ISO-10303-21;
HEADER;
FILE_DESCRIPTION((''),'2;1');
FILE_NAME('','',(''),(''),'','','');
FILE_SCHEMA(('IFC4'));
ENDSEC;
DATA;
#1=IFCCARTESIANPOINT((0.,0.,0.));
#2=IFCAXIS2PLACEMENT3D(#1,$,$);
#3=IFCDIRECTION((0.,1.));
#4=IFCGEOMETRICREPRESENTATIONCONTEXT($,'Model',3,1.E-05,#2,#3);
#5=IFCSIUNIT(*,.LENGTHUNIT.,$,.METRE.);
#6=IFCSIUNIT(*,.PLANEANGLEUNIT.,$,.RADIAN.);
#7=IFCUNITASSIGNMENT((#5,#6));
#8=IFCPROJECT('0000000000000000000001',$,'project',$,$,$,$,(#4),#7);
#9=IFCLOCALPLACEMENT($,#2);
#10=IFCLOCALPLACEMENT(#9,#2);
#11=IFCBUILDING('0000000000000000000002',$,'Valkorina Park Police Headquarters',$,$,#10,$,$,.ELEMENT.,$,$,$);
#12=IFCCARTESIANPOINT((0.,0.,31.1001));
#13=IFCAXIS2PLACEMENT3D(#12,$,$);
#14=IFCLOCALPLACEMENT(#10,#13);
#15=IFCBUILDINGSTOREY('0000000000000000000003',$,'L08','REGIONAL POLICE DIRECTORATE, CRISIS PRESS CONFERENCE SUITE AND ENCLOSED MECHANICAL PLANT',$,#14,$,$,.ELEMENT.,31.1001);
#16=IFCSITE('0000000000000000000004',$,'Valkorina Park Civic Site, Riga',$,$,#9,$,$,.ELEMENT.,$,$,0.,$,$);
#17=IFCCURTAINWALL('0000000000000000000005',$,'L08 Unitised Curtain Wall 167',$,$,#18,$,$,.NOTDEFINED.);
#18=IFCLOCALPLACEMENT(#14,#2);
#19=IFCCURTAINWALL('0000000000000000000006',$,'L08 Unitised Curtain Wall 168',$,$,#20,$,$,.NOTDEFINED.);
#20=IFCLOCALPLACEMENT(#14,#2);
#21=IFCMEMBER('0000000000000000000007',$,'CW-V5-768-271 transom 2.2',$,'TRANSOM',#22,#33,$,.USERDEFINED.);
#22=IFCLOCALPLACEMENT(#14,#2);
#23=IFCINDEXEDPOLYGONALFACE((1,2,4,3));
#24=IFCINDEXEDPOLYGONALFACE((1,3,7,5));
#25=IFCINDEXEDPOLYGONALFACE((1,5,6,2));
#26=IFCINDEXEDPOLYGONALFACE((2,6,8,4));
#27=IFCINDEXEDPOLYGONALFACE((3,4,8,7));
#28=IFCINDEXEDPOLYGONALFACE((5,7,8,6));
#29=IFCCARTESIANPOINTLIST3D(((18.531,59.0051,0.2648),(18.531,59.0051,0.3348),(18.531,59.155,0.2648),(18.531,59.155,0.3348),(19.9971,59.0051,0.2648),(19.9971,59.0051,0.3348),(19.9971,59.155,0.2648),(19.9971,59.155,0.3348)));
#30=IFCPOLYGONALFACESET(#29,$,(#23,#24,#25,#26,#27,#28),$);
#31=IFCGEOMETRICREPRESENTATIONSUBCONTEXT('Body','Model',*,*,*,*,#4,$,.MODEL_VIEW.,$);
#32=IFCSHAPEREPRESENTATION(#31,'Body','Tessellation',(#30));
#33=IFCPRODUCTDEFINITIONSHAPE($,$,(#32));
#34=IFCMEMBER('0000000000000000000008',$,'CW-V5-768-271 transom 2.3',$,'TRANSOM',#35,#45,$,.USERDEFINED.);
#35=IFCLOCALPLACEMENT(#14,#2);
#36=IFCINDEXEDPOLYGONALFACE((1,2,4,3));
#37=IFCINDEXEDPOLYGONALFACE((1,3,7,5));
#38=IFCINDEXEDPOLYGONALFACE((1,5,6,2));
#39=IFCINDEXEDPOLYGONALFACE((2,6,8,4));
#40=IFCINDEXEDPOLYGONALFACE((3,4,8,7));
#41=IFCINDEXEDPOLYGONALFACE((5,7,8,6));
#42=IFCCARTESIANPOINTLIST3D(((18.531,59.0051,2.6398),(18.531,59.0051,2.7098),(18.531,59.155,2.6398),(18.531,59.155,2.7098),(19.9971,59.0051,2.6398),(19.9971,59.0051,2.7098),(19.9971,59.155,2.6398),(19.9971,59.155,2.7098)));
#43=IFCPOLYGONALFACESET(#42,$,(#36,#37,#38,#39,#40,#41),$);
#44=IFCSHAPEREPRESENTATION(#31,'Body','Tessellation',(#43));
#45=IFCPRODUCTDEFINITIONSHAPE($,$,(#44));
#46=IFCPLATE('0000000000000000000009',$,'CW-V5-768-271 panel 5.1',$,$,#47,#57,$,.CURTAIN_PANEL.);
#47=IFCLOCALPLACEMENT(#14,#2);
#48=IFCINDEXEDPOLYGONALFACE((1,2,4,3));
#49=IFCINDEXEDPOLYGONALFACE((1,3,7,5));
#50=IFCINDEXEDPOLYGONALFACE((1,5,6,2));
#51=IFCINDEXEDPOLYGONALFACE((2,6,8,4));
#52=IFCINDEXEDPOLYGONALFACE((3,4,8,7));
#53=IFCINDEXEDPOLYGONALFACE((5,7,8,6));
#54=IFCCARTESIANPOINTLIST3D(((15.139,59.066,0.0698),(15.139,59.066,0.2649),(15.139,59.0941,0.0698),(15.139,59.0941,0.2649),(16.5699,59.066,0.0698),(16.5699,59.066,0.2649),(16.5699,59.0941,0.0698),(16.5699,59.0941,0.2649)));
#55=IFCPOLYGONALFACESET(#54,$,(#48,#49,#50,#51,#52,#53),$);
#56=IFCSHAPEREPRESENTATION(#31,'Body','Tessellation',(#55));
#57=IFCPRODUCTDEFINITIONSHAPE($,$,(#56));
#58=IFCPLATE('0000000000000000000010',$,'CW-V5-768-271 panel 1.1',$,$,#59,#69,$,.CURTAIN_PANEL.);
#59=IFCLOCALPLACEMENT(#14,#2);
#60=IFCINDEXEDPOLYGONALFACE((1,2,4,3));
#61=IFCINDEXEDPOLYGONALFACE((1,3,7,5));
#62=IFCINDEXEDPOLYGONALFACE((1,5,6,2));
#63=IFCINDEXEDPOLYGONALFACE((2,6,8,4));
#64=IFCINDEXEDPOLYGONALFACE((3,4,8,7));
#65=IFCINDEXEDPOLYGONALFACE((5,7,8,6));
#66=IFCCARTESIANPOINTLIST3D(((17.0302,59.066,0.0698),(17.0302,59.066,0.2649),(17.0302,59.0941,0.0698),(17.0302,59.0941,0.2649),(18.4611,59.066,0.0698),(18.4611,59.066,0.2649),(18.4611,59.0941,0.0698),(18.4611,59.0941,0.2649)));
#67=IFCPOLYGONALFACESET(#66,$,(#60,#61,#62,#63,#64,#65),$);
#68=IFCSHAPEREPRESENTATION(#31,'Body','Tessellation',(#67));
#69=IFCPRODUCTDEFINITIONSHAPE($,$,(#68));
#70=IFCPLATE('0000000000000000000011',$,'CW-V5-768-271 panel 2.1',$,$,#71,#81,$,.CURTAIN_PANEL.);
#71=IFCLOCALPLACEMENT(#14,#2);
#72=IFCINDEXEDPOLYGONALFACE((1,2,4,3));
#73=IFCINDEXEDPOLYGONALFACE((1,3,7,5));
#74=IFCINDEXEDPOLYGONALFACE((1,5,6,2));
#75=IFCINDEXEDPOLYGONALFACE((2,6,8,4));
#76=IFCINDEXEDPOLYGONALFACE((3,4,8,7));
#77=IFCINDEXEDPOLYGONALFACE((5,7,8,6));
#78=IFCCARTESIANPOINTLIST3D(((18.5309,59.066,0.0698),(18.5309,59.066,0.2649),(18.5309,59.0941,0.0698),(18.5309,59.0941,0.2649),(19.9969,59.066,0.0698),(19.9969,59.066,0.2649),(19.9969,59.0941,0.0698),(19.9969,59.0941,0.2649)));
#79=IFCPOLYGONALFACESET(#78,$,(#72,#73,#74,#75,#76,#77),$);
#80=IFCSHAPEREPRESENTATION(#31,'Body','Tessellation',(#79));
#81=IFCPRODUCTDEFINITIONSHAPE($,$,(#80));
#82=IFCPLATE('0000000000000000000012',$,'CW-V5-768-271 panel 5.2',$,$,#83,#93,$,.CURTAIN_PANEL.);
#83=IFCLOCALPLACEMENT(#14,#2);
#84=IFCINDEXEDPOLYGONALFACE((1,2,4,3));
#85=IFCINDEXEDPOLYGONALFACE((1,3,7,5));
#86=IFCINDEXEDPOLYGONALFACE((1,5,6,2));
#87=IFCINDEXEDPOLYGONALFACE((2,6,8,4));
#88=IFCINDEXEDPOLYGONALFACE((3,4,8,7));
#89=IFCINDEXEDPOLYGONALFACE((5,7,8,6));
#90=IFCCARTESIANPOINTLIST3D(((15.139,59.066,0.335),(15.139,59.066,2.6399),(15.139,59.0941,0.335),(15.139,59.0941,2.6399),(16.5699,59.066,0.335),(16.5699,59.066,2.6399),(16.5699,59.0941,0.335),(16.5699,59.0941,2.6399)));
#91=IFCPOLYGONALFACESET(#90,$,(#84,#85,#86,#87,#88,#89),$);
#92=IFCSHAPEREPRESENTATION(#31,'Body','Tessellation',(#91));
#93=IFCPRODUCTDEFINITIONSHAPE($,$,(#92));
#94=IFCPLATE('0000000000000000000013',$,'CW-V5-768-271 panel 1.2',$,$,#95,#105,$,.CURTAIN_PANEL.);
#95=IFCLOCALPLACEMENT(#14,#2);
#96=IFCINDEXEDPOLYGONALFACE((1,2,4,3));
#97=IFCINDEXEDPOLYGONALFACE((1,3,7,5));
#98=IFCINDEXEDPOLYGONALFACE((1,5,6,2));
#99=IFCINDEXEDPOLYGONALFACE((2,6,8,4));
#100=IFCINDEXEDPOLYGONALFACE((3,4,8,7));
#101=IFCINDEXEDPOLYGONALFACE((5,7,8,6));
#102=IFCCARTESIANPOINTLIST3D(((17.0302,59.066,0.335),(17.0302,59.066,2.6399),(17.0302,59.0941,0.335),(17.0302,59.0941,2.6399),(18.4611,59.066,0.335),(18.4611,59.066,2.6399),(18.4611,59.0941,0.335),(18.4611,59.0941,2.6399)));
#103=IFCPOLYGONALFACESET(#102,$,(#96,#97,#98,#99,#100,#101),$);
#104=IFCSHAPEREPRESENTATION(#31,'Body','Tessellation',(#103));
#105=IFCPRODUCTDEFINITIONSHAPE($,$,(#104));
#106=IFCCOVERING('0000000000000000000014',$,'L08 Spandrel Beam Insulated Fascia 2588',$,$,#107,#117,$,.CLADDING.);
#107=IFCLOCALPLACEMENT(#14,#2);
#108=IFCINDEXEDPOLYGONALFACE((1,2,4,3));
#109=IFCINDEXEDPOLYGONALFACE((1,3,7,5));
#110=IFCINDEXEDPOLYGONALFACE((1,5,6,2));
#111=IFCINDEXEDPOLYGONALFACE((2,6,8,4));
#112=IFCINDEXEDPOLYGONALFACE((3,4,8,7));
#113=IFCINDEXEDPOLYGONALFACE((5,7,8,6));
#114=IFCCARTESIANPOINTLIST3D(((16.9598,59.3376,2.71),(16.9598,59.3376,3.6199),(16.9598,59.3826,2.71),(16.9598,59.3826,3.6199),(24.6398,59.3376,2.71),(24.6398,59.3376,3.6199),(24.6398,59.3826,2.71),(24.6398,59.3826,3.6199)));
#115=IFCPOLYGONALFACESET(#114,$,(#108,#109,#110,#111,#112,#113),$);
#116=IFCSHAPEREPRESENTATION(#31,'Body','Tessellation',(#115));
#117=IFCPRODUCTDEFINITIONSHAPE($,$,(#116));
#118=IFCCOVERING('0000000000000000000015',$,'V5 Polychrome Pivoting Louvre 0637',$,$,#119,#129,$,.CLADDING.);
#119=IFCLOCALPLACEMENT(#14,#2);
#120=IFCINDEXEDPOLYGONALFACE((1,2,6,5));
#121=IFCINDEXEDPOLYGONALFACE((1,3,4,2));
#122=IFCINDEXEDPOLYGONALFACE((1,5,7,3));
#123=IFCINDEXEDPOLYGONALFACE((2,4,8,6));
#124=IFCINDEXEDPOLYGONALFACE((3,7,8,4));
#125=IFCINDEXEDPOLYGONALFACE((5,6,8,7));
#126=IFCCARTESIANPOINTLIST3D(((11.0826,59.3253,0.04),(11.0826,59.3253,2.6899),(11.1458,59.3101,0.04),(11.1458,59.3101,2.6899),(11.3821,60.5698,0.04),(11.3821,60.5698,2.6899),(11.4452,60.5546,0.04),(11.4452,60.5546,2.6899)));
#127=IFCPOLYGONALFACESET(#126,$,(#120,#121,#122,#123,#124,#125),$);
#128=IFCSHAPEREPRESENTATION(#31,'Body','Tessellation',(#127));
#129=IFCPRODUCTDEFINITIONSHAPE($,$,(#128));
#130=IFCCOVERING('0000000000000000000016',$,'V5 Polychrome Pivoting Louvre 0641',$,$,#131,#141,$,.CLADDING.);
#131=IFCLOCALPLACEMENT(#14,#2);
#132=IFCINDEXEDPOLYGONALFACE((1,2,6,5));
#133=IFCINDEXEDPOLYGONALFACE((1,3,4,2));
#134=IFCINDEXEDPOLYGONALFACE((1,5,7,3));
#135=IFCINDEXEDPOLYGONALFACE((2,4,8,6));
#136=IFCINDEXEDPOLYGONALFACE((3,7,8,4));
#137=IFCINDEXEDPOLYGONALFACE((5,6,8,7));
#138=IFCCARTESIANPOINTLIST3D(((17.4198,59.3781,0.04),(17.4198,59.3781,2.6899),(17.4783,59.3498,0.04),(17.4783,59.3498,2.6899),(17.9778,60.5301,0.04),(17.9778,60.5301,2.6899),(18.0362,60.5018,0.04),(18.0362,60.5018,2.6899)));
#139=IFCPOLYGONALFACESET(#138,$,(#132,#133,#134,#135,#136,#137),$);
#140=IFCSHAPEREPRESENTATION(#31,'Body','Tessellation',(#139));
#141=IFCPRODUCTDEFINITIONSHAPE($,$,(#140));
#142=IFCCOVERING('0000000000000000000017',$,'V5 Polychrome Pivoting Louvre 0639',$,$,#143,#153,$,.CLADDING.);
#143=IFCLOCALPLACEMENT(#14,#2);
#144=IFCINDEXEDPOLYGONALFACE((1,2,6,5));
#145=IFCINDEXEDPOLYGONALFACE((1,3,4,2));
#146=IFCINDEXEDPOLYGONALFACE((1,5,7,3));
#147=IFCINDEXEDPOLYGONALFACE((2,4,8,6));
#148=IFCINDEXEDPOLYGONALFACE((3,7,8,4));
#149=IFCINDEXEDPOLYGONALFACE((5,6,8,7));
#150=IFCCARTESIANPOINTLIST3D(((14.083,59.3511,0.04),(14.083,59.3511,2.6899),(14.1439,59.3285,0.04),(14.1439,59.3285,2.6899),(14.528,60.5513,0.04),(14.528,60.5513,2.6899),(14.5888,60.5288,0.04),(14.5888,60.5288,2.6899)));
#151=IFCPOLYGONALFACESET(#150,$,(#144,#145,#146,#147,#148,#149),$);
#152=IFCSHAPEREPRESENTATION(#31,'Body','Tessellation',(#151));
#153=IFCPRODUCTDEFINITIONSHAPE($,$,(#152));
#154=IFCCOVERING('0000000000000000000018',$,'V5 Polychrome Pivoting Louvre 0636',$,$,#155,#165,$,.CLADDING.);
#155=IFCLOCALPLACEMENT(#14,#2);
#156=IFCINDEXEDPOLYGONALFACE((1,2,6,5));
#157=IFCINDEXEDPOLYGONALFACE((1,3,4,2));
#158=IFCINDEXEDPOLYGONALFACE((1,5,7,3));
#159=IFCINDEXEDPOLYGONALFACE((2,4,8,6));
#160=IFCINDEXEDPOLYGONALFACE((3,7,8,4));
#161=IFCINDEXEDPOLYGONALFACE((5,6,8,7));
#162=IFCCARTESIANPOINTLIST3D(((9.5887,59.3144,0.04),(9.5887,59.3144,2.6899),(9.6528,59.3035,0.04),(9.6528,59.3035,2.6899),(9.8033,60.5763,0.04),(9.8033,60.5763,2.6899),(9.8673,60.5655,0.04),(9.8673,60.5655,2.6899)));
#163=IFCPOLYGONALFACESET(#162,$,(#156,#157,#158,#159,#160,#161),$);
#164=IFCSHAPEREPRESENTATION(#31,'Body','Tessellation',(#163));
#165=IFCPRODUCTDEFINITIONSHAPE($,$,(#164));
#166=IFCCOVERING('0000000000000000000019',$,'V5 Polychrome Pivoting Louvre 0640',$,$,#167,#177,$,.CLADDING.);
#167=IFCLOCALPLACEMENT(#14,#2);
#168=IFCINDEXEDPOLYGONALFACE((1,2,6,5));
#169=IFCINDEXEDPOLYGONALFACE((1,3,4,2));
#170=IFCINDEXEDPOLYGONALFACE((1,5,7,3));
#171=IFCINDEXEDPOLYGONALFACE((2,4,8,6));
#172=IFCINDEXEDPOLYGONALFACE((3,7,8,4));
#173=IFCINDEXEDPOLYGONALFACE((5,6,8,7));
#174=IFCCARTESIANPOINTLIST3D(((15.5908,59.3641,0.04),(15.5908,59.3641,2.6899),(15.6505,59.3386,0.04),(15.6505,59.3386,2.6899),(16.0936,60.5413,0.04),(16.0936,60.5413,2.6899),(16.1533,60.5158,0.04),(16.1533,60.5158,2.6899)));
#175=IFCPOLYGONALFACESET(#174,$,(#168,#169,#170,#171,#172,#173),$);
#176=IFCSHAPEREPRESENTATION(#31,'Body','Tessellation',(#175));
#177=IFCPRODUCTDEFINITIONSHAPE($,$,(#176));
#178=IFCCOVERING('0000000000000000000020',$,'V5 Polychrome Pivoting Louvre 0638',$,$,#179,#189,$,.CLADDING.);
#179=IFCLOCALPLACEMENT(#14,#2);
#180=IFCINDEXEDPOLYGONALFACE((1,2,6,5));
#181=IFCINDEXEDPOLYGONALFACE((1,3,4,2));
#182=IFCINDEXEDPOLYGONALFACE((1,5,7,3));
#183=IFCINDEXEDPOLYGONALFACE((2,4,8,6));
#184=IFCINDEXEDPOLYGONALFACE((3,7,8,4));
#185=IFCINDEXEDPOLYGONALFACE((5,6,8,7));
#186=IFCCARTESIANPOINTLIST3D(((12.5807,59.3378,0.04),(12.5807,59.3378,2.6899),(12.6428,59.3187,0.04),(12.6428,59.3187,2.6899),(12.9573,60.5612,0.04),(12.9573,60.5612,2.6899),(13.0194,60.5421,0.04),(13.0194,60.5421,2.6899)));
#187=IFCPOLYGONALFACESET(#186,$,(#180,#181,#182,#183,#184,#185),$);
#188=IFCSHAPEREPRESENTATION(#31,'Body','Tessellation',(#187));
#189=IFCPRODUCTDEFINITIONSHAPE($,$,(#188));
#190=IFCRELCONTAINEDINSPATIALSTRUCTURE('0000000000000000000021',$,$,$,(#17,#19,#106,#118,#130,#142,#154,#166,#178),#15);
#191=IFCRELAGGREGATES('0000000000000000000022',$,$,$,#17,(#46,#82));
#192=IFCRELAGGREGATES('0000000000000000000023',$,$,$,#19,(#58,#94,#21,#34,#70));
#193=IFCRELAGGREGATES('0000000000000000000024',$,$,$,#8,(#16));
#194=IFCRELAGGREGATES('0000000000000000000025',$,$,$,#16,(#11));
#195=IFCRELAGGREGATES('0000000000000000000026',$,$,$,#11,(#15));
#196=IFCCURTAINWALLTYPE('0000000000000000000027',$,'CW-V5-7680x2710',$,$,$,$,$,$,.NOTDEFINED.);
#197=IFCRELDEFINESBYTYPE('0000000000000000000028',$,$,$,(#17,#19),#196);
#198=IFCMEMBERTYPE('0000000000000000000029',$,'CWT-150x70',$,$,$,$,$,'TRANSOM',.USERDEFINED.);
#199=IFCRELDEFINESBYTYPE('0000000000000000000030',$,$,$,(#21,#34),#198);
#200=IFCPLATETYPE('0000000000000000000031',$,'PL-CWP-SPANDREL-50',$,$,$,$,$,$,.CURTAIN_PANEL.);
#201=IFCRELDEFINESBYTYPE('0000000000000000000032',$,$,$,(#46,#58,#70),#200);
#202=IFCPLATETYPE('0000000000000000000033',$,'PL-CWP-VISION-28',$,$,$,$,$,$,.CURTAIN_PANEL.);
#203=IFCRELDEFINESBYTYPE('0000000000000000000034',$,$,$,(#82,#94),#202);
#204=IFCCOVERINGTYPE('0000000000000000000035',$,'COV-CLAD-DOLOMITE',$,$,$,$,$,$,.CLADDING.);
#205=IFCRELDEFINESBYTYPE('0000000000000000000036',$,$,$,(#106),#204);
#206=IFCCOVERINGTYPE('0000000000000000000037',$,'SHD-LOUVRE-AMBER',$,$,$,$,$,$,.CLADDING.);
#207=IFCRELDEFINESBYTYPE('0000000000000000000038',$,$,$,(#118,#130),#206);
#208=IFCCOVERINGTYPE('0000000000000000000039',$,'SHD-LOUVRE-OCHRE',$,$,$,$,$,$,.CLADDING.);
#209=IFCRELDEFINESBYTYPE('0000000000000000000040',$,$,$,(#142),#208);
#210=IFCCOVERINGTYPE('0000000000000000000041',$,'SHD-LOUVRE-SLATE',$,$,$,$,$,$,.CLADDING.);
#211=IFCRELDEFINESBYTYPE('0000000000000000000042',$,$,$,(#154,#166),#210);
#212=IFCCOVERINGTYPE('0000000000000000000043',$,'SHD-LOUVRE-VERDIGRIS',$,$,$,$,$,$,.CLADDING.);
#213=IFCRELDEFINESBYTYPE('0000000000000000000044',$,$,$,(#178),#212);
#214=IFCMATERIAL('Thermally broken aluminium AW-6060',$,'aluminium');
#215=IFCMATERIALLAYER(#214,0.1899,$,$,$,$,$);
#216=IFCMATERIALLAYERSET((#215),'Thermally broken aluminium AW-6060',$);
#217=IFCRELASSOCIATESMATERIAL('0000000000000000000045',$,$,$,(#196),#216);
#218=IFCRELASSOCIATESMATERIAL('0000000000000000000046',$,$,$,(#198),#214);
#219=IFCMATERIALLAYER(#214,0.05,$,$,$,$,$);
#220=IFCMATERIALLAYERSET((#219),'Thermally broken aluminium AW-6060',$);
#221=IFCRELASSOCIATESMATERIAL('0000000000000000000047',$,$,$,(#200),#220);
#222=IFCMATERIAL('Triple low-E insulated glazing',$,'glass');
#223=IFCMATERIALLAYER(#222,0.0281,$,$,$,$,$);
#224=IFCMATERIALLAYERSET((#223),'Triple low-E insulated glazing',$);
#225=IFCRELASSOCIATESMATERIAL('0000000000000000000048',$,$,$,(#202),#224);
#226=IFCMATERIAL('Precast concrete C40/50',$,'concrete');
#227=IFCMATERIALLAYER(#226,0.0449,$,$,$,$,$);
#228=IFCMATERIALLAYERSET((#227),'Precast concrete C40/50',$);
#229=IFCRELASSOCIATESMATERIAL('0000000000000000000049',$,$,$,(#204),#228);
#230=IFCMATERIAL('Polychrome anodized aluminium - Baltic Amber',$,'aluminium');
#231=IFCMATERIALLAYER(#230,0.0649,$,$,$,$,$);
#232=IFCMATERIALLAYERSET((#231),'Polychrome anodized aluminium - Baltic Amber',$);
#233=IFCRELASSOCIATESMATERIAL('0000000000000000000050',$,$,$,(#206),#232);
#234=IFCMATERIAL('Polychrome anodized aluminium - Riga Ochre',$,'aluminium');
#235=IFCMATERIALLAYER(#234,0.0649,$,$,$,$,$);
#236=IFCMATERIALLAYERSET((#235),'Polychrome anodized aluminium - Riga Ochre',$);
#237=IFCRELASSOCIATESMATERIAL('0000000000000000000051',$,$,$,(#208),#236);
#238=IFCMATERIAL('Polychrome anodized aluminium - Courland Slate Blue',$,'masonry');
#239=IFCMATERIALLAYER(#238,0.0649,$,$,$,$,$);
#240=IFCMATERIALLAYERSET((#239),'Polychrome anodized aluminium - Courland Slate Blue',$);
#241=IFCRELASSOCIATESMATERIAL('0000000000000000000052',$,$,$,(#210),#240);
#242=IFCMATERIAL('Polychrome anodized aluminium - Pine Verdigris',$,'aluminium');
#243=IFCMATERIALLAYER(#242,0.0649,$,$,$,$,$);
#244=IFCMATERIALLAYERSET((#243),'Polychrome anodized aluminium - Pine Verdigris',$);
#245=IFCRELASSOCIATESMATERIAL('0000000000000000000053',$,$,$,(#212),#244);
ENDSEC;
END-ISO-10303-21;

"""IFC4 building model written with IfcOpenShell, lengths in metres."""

from ifc_helpers import new_model, si_unit, direction, frame, frame_2d, origin, origin_2d, place, context, subcontext, project, spatial, rectangle, extrude, material, layer, layer_set, material_profile, profile_set, type_object, element, aggregate, save


model = new_model("IFC4")

# Units and contexts
model_context = context("Model", 3, precision=1e-05, world=origin(), true_north=direction((0.0, 1.0)))
body_context = subcontext(model_context, "Body", "Model", "MODEL_VIEW")
ifc_project = project(units=[si_unit("LENGTHUNIT", "METRE"), si_unit("PLANEANGLEUNIT", "RADIAN")], contexts=[model_context])

# Site, building, storey
site_placement = place(None, origin())
site = spatial("IfcSite", under=ifc_project, at=site_placement, Name="Valkorina Park Civic Site, Riga", CompositionType="ELEMENT", RefElevation=0.0)
building_placement = place(site_placement, origin())
building = spatial("IfcBuilding", under=site, at=building_placement, Name="Valkorina Park Police Headquarters", CompositionType="ELEMENT")
storey_placement = place(building_placement, frame((0.0, 0.0, 31.1001)))
storey = spatial("IfcBuildingStorey", under=building, at=storey_placement, Name="L08", Description="REGIONAL POLICE DIRECTORATE, CRISIS PRESS CONFERENCE SUITE AND ENCLOSED MECHANICAL PLANT", CompositionType="ELEMENT", Elevation=31.1001)

# Curtain wall
ifc_material_1 = material(Name="Thermally broken aluminium AW-6060", Category="aluminium")
ifc_layer_1 = layer(ifc_material_1, 0.1899)
ifc_layer_set_1 = layer_set([ifc_layer_1], Name="Thermally broken aluminium AW-6060")
curtain_wall_type = type_object("IfcCurtainWallType", Name="CW-V5-7680x2710", PredefinedType="NOTDEFINED", material=ifc_layer_set_1)
curtain_wall_1_placement = place(storey_placement, origin())
curtain_wall_1 = element("IfcCurtainWall", 1, at=curtain_wall_1_placement, inside=storey, type_object=curtain_wall_type, Name="L08 Unitised Curtain Wall 167", PredefinedType="NOTDEFINED")

# Curtain wall, members
curtain_wall_2_placement = place(storey_placement, origin())
curtain_wall_2 = element("IfcCurtainWall", 2, at=curtain_wall_2_placement, inside=storey, type_object=curtain_wall_type, Name="L08 Unitised Curtain Wall 168", PredefinedType="NOTDEFINED")
ifc_material_profile_1 = material_profile(ifc_material_1, rectangle(XDim=0.1499, YDim=0.0701, at=origin_2d()), Name="CWT-02 150x70")
ifc_profile_set_1 = profile_set([ifc_material_profile_1], Name="Thermally broken aluminium AW-6060")
member_type_1 = type_object("IfcMemberType", Name="CWT-150x70", ElementType="TRANSOM", PredefinedType="USERDEFINED", material=ifc_profile_set_1)
member_1_placement = place(storey_placement, frame((18.531, 59.0801, 0.2998), z_axis=(1.0, 0.0, 0.0), x_axis=(0.0, 1.0, 0.0)))
member_1 = element("IfcMember", 3, at=member_1_placement, type_object=member_type_1, Name="CW-V5-768-271 transom 2.2", ObjectType="TRANSOM", PredefinedType="USERDEFINED", context=body_context, shape_type="SweptSolid", body=[
    extrude(rectangle(XDim=0.1499, YDim=0.0701, at=origin_2d()), origin(), (0.0, 0.0, 1.0), 1.4661),
])
member_2_placement = place(storey_placement, frame((18.531, 59.0801, 2.6748), z_axis=(1.0, 0.0, 0.0), x_axis=(0.0, 1.0, 0.0)))
member_2 = element("IfcMember", 4, at=member_2_placement, type_object=member_type_1, Name="CW-V5-768-271 transom 2.3", ObjectType="TRANSOM", PredefinedType="USERDEFINED", context=body_context, shape_type="SweptSolid", body=[
    extrude(rectangle(XDim=0.1499, YDim=0.0701, at=origin_2d()), origin(), (0.0, 0.0, 1.0), 1.4661),
])

# Plates
ifc_layer_2 = layer(ifc_material_1, 0.05)
ifc_layer_set_2 = layer_set([ifc_layer_2], Name="Thermally broken aluminium AW-6060")
plate_type_1 = type_object("IfcPlateType", Name="PL-CWP-SPANDREL-50", PredefinedType="CURTAIN_PANEL", material=ifc_layer_set_2)
plate_1_placement = place(storey_placement, frame((15.8545, 59.0801, 0.0698), z_axis=(0.0, 0.0, 1.0), x_axis=(1.0, 0.0, 0.0)))
plate_1 = element("IfcPlate", 5, at=plate_1_placement, type_object=plate_type_1, Name="CW-V5-768-271 panel 5.1", PredefinedType="CURTAIN_PANEL", context=body_context, shape_type="SweptSolid", body=[
    extrude(rectangle(XDim=1.4309, YDim=0.0281, at=origin_2d()), origin(), (0.0, 0.0, 1.0), 0.1951),
])
plate_2_placement = place(storey_placement, frame((17.7456, 59.0801, 0.0698), z_axis=(0.0, 0.0, 1.0), x_axis=(1.0, 0.0, 0.0)))
plate_2 = element("IfcPlate", 6, at=plate_2_placement, type_object=plate_type_1, Name="CW-V5-768-271 panel 1.1", PredefinedType="CURTAIN_PANEL", context=body_context, shape_type="SweptSolid", body=[
    extrude(rectangle(XDim=1.4309, YDim=0.0281, at=origin_2d()), origin(), (0.0, 0.0, 1.0), 0.1951),
])
plate_3_placement = place(storey_placement, frame((19.2639, 59.0801, 0.0698), z_axis=(0.0, 0.0, 1.0), x_axis=(1.0, 0.0, 0.0)))
plate_3 = element("IfcPlate", 7, at=plate_3_placement, type_object=plate_type_1, Name="CW-V5-768-271 panel 2.1", PredefinedType="CURTAIN_PANEL", context=body_context, shape_type="SweptSolid", body=[
    extrude(rectangle(XDim=1.4661, YDim=0.0281, at=origin_2d()), origin(), (0.0, 0.0, 1.0), 0.1951),
])
ifc_material_2 = material(Name="Triple low-E insulated glazing", Category="glass")
ifc_layer_3 = layer(ifc_material_2, 0.0281)
ifc_layer_set_3 = layer_set([ifc_layer_3], Name="Triple low-E insulated glazing")
plate_type_2 = type_object("IfcPlateType", Name="PL-CWP-VISION-28", PredefinedType="CURTAIN_PANEL", material=ifc_layer_set_3)
plate_4_placement = place(storey_placement, frame((15.8545, 59.0801, 0.335), z_axis=(0.0, 0.0, 1.0), x_axis=(1.0, 0.0, 0.0)))
plate_4 = element("IfcPlate", 8, at=plate_4_placement, type_object=plate_type_2, Name="CW-V5-768-271 panel 5.2", PredefinedType="CURTAIN_PANEL", context=body_context, shape_type="SweptSolid", body=[
    extrude(rectangle(XDim=1.4309, YDim=0.0281, at=origin_2d()), origin(), (0.0, 0.0, 1.0), 2.3049),
])
aggregate(curtain_wall_1, [plate_1, plate_4])
plate_5_placement = place(storey_placement, frame((17.7456, 59.0801, 0.335), z_axis=(0.0, 0.0, 1.0), x_axis=(1.0, 0.0, 0.0)))
plate_5 = element("IfcPlate", 9, at=plate_5_placement, type_object=plate_type_2, Name="CW-V5-768-271 panel 1.2", PredefinedType="CURTAIN_PANEL", context=body_context, shape_type="SweptSolid", body=[
    extrude(rectangle(XDim=1.4309, YDim=0.0281, at=origin_2d()), origin(), (0.0, 0.0, 1.0), 2.3049),
])
aggregate(curtain_wall_2, [plate_2, plate_5, member_1, member_2, plate_3])

# Coverings
ifc_material_3 = material(Name="Precast concrete C40/50", Category="concrete")
ifc_layer_4 = layer(ifc_material_3, 0.0449)
ifc_layer_set_4 = layer_set([ifc_layer_4], Name="Precast concrete C40/50")
covering_type_1 = type_object("IfcCoveringType", Name="COV-CLAD-DOLOMITE", PredefinedType="CLADDING", material=ifc_layer_set_4)
covering_1_placement = place(storey_placement, frame((16.96, 59.3601, 2.71), z_axis=(0.0, 0.0, 1.0), x_axis=(1.0, 0.0, 0.0)))
element("IfcCovering", 10, at=covering_1_placement, inside=storey, type_object=covering_type_1, Name="L08 Spandrel Beam Insulated Fascia 2588", PredefinedType="CLADDING", context=body_context, shape_type="SweptSolid", body=[
    extrude(rectangle(XDim=7.6799, YDim=0.0449, at=frame_2d((3.8398, 0.0))), origin(), (0.0, 0.0, 1.0), 0.9099),
])
ifc_material_4 = material(Name="Polychrome anodized aluminium - Baltic Amber", Category="aluminium")
ifc_layer_5 = layer(ifc_material_4, 0.0649)
ifc_layer_set_5 = layer_set([ifc_layer_5], Name="Polychrome anodized aluminium - Baltic Amber")
covering_type_2 = type_object("IfcCoveringType", Name="SHD-LOUVRE-AMBER", PredefinedType="CLADDING", material=ifc_layer_set_5)
for number, where, z_axis, x_axis, name in (
    (11, (11.2639, 59.9399, 0.04), (0.0, 0.0, 1.0), (0.233954, 0.972248, 0.0), "V5 Polychrome Pivoting Louvre 0637"),
    (12, (17.728, 59.9399, 0.04), (0.0, 0.0, 1.0), (0.43586, 0.900015, 0.0), "V5 Polychrome Pivoting Louvre 0641"),
):
    element("IfcCovering", number, at=place(storey_placement, frame(where, z_axis=z_axis, x_axis=x_axis)), inside=storey, type_object=covering_type_2, Name=name, PredefinedType="CLADDING", context=body_context, shape_type="SweptSolid", body=[
        extrude(rectangle(XDim=1.28, YDim=0.0649, at=origin_2d()), origin(), (0.0, 0.0, 1.0), 2.6499),
    ])
ifc_material_5 = material(Name="Polychrome anodized aluminium - Riga Ochre", Category="aluminium")
ifc_layer_6 = layer(ifc_material_5, 0.0649)
ifc_layer_set_6 = layer_set([ifc_layer_6], Name="Polychrome anodized aluminium - Riga Ochre")
covering_type_3 = type_object("IfcCoveringType", Name="SHD-LOUVRE-OCHRE", PredefinedType="CLADDING", material=ifc_layer_set_6)
covering_2_placement = place(storey_placement, frame((14.3359, 59.9399, 0.04), z_axis=(0.0, 0.0, 1.0), x_axis=(0.34759, 0.937646, 0.0)))
element("IfcCovering", 13, at=covering_2_placement, inside=storey, type_object=covering_type_3, Name="V5 Polychrome Pivoting Louvre 0639", PredefinedType="CLADDING", context=body_context, shape_type="SweptSolid", body=[
    extrude(rectangle(XDim=1.28, YDim=0.0649, at=origin_2d()), origin(), (0.0, 0.0, 1.0), 2.6499),
])
ifc_material_6 = material(Name="Polychrome anodized aluminium - Courland Slate Blue", Category="masonry")
ifc_layer_7 = layer(ifc_material_6, 0.0649)
ifc_layer_set_7 = layer_set([ifc_layer_7], Name="Polychrome anodized aluminium - Courland Slate Blue")
covering_type_4 = type_object("IfcCoveringType", Name="SHD-LOUVRE-SLATE", PredefinedType="CLADDING", material=ifc_layer_set_7)
for number, where, z_axis, x_axis, name in (
    (14, (9.728, 59.9399, 0.04), (0.0, 0.0, 1.0), (0.167629, 0.98585, 0.0), "V5 Polychrome Pivoting Louvre 0636"),
    (15, (15.8721, 59.9399, 0.04), (0.0, 0.0, 1.0), (0.392819, 0.919616, 0.0), "V5 Polychrome Pivoting Louvre 0640"),
):
    element("IfcCovering", number, at=place(storey_placement, frame(where, z_axis=z_axis, x_axis=x_axis)), inside=storey, type_object=covering_type_4, Name=name, PredefinedType="CLADDING", context=body_context, shape_type="SweptSolid", body=[
        extrude(rectangle(XDim=1.28, YDim=0.0649, at=origin_2d()), origin(), (0.0, 0.0, 1.0), 2.6499),
    ])
ifc_material_7 = material(Name="Polychrome anodized aluminium - Pine Verdigris", Category="aluminium")
ifc_layer_8 = layer(ifc_material_7, 0.0649)
ifc_layer_set_8 = layer_set([ifc_layer_8], Name="Polychrome anodized aluminium - Pine Verdigris")
covering_type_5 = type_object("IfcCoveringType", Name="SHD-LOUVRE-VERDIGRIS", PredefinedType="CLADDING", material=ifc_layer_set_8)
covering_3_placement = place(storey_placement, frame((12.8, 59.9399, 0.04), z_axis=(0.0, 0.0, 1.0), x_axis=(0.294207, 0.955742, 0.0)))
element("IfcCovering", 16, at=covering_3_placement, inside=storey, type_object=covering_type_5, Name="V5 Polychrome Pivoting Louvre 0638", PredefinedType="CLADDING", context=body_context, shape_type="SweptSolid", body=[
    extrude(rectangle(XDim=1.28, YDim=0.0649, at=origin_2d()), origin(), (0.0, 0.0, 1.0), 2.6499),
])

save(model, "model.ifc")
